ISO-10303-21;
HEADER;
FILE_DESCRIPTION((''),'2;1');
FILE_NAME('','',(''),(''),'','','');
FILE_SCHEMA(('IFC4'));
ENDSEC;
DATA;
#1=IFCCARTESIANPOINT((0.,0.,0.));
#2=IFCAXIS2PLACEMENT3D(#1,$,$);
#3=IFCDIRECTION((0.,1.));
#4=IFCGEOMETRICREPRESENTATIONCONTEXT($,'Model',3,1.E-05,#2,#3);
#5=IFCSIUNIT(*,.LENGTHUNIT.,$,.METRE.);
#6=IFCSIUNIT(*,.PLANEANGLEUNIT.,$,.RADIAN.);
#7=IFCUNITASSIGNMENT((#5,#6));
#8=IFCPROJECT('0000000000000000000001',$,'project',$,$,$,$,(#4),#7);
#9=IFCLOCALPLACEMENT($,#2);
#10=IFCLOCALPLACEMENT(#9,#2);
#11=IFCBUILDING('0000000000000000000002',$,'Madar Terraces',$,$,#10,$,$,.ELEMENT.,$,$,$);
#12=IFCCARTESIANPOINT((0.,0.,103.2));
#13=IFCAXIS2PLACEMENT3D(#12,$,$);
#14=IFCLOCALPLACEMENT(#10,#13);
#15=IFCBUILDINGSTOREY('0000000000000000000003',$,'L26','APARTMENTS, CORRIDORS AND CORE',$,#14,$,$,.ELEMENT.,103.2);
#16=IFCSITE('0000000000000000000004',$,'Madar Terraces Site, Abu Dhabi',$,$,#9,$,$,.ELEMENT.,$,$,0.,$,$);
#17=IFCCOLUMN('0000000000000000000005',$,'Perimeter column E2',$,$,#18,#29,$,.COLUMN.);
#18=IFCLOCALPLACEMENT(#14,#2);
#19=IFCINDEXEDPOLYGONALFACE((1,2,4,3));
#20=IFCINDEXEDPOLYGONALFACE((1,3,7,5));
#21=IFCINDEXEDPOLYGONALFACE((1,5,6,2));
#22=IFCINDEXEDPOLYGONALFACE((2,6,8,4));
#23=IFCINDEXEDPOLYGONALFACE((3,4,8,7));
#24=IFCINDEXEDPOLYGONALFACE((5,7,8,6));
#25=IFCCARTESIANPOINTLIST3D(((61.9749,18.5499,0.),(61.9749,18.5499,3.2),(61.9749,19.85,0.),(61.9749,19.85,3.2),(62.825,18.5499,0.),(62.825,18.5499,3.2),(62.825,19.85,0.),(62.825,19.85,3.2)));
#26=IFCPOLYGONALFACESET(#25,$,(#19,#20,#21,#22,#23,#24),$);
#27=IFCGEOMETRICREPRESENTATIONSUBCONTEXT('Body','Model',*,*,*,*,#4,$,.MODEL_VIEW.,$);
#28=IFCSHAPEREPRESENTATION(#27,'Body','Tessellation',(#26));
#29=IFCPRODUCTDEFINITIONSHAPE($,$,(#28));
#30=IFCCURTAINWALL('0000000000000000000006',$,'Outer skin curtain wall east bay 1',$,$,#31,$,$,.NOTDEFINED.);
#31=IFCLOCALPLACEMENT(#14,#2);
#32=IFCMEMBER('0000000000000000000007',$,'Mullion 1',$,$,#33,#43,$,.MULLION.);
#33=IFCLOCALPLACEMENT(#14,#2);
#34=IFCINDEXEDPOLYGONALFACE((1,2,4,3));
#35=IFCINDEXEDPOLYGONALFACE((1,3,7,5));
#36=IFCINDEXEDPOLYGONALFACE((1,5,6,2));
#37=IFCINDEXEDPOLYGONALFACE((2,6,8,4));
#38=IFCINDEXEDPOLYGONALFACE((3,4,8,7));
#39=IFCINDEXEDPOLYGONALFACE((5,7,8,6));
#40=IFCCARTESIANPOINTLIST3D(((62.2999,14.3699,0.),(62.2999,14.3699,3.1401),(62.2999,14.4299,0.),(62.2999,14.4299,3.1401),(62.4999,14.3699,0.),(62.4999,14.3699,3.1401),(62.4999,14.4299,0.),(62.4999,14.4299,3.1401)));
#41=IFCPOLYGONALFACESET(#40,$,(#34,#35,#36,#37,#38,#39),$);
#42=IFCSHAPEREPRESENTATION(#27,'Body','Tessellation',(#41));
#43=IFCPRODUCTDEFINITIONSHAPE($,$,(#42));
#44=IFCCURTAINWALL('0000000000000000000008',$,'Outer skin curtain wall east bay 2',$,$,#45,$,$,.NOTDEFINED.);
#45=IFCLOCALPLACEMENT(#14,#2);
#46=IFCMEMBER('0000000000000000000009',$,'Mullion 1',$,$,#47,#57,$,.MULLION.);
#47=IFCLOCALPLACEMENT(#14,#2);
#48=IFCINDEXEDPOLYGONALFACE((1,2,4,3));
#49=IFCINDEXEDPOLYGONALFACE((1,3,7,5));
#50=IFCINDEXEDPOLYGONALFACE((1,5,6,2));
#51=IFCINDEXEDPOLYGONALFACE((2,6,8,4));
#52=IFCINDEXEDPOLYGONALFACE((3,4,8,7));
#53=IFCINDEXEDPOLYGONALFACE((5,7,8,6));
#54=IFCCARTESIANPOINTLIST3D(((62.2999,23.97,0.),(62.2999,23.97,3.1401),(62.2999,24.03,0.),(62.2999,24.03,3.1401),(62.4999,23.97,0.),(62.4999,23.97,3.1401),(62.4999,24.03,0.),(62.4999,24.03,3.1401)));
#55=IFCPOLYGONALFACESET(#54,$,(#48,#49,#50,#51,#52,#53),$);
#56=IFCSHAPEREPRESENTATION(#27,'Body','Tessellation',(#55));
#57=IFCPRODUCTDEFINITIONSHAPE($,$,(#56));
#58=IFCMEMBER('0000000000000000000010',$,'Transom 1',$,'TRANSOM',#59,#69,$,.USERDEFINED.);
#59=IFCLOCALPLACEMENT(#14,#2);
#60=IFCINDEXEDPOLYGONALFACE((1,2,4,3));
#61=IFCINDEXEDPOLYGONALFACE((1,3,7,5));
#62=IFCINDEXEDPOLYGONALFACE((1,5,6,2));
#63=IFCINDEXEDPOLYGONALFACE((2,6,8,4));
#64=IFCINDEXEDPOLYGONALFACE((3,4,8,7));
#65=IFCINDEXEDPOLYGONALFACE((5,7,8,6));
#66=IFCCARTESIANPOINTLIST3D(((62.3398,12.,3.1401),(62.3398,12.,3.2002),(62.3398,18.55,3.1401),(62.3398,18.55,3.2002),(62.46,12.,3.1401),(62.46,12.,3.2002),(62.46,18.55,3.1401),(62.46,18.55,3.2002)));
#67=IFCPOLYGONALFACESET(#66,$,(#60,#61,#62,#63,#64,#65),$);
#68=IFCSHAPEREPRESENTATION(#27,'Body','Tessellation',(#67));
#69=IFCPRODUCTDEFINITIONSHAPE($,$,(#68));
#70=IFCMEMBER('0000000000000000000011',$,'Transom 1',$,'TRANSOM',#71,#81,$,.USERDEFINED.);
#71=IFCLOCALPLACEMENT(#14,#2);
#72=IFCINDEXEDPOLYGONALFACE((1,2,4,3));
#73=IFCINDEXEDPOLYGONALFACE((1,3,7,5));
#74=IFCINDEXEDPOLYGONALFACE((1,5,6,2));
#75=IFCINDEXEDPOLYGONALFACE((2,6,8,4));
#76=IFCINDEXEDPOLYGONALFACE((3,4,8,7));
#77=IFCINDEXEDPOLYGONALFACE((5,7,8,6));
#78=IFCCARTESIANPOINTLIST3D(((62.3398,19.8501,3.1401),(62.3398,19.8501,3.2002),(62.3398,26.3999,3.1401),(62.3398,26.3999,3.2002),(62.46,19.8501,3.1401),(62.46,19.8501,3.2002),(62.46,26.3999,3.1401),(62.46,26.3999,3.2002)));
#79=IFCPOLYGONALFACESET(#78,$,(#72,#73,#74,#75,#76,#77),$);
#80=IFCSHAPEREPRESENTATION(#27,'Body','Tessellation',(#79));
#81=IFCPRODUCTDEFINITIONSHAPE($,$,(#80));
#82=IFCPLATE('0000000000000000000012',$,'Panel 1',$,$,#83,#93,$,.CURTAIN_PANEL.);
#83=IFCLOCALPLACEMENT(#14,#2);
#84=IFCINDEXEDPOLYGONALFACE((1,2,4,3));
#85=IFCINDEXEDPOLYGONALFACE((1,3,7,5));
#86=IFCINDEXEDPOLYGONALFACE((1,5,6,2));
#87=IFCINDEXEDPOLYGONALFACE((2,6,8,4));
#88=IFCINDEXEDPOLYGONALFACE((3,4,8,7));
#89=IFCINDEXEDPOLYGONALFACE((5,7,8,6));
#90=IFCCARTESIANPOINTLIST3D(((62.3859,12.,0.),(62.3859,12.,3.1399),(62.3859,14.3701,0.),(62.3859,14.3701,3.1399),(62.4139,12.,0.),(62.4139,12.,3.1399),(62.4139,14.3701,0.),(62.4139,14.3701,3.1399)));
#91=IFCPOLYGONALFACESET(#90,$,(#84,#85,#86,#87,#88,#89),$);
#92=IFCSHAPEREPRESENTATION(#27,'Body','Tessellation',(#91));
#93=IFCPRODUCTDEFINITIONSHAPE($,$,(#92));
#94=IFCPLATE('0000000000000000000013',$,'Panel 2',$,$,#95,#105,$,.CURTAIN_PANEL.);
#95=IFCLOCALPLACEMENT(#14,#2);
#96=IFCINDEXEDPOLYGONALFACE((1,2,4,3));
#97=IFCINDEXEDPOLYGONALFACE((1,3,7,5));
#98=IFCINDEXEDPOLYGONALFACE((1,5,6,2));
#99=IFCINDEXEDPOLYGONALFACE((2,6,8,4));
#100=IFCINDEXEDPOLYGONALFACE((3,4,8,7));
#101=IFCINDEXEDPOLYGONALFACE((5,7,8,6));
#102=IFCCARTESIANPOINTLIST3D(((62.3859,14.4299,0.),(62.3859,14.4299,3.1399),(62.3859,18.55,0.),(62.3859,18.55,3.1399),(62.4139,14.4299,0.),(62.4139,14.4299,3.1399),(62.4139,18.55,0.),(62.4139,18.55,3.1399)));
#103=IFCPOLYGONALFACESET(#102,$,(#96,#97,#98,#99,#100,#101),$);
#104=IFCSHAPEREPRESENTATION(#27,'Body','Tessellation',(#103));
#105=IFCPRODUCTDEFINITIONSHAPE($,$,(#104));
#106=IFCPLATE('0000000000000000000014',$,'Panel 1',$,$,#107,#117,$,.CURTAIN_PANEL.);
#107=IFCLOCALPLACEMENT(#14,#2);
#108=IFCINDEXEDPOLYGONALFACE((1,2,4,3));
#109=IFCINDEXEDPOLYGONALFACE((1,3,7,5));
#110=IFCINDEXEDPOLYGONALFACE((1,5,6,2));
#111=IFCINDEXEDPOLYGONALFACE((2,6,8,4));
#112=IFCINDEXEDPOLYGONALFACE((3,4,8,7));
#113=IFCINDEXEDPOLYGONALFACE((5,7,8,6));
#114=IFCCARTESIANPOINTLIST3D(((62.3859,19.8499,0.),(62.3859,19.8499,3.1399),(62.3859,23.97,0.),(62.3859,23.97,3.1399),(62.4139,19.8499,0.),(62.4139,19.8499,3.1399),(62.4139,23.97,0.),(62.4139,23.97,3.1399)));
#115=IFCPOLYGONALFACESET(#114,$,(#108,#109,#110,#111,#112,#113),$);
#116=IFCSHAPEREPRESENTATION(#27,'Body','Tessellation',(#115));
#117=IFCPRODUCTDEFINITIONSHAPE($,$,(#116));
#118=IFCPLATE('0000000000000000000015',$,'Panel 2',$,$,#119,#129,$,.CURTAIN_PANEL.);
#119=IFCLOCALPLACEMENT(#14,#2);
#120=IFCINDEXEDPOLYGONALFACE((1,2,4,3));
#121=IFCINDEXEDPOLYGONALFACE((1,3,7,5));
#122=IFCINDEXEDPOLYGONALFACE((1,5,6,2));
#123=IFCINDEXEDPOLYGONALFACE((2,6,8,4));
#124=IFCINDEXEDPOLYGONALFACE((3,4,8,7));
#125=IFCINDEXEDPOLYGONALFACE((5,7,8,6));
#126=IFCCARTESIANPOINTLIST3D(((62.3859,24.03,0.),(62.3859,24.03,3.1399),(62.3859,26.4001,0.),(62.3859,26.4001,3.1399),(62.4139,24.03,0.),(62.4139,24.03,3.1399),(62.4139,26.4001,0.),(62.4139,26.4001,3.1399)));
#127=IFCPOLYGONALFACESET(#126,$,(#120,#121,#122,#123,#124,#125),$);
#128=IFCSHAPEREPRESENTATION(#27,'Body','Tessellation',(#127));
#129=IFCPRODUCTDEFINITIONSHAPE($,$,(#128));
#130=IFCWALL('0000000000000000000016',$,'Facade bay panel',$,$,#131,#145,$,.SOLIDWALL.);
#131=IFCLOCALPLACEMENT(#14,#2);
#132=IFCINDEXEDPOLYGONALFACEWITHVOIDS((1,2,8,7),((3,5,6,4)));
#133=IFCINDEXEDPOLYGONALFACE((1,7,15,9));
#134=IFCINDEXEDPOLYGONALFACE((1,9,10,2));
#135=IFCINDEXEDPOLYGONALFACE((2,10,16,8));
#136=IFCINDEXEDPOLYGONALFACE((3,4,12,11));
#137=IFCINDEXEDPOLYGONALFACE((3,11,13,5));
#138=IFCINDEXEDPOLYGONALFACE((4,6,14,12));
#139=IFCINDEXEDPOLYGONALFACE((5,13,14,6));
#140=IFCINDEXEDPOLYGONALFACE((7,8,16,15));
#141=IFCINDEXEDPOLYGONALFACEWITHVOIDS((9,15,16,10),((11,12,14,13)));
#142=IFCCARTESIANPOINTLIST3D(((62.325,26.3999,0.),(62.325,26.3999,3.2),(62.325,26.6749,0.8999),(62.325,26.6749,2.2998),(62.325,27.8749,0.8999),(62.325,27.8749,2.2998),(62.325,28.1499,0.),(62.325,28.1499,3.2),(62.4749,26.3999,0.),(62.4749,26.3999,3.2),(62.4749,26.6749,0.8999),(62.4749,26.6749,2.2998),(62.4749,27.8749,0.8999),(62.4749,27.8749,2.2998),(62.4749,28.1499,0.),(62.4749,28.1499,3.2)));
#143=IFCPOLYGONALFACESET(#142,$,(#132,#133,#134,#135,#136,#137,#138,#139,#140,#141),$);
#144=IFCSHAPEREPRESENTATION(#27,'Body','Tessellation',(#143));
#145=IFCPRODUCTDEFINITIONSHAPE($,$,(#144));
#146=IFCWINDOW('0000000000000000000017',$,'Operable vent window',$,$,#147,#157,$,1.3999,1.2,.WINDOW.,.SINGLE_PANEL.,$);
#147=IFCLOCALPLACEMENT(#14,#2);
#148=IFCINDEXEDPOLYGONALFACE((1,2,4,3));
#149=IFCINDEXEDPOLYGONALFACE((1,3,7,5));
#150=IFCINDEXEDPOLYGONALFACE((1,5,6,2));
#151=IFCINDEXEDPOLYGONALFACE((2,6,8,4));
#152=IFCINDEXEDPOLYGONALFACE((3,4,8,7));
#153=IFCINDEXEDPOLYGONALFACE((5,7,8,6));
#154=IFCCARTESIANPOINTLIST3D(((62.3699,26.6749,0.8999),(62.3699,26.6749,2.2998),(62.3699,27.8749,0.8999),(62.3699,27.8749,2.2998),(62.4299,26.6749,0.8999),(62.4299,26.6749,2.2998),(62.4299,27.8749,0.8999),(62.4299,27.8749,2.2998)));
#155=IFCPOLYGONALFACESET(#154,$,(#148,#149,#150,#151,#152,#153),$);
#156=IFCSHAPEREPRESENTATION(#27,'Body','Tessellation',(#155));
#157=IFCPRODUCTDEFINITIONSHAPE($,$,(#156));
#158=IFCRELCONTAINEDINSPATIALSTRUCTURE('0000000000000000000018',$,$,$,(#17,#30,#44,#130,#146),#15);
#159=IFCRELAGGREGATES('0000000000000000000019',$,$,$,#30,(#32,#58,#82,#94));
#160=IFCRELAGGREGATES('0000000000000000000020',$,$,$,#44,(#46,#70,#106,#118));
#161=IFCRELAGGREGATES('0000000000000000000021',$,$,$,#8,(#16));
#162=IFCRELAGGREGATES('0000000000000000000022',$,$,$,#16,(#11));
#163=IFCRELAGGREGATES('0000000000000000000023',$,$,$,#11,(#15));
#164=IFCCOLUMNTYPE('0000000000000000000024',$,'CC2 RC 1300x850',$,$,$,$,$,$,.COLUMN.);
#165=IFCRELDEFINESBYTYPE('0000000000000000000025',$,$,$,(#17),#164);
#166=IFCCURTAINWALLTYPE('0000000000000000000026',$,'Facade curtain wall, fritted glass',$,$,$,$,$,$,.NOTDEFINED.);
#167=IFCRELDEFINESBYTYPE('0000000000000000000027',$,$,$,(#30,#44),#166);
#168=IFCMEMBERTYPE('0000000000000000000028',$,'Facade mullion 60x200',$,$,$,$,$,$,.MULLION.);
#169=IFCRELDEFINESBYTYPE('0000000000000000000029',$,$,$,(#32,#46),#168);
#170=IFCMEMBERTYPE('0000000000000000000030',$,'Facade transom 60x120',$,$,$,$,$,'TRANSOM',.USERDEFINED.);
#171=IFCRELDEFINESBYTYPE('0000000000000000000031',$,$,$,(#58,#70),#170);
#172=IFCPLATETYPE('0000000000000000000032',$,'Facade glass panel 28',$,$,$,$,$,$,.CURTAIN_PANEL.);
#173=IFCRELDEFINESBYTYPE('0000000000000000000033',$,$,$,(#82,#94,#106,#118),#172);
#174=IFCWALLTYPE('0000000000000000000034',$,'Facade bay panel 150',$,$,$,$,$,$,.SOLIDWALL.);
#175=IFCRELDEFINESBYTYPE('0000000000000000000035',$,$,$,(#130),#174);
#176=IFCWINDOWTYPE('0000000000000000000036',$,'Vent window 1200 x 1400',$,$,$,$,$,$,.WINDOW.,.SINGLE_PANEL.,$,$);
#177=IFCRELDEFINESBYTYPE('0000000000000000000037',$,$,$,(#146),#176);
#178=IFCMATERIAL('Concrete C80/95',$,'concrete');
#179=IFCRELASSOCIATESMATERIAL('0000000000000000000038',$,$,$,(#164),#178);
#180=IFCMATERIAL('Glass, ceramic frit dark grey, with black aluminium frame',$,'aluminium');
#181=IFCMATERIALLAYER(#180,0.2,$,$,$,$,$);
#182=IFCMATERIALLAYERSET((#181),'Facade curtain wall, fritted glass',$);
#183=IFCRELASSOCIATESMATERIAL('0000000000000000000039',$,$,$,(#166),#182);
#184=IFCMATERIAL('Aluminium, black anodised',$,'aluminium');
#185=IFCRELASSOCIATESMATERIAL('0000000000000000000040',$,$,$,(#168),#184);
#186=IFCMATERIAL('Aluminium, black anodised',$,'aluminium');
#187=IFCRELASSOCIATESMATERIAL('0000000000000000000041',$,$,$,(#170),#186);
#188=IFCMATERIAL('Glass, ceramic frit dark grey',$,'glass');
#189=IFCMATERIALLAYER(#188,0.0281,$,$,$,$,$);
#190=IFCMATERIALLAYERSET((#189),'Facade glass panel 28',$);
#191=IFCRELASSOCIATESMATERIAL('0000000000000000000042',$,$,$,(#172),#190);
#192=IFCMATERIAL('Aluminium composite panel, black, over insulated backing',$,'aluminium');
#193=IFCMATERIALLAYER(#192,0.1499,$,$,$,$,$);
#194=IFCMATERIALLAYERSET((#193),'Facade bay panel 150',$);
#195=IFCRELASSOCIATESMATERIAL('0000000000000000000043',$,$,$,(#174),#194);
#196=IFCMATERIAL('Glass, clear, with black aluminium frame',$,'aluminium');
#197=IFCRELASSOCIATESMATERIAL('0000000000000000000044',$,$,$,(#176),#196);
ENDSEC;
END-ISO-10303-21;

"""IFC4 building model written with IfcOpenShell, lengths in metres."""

from ifc_helpers import new_model, si_unit, direction, frame, frame_2d, origin, origin_2d, place, context, subcontext, project, spatial, rectangle, extrude, material, layer, layer_set, material_profile, profile_set, type_object, element, fill, aggregate, save


model = new_model("IFC4")

# Units and contexts
model_context = context("Model", 3, precision=1e-05, world=origin(), true_north=direction((0.0, 1.0)))
body_context = subcontext(model_context, "Body", "Model", "MODEL_VIEW")
ifc_project = project(units=[si_unit("LENGTHUNIT", "METRE"), si_unit("PLANEANGLEUNIT", "RADIAN")], contexts=[model_context])

# Site, building, storey
site_placement = place(None, origin())
site = spatial("IfcSite", under=ifc_project, at=site_placement, Name="Madar Terraces Site, Abu Dhabi", CompositionType="ELEMENT", RefElevation=0.0)
building_placement = place(site_placement, origin())
building = spatial("IfcBuilding", under=site, at=building_placement, Name="Madar Terraces", CompositionType="ELEMENT")
storey_placement = place(building_placement, frame((0.0, 0.0, 103.2)))
storey = spatial("IfcBuildingStorey", under=building, at=storey_placement, Name="L26", Description="APARTMENTS, CORRIDORS AND CORE", CompositionType="ELEMENT", Elevation=103.2)

# Column
ifc_material_1 = material(Name="Concrete C80/95", Category="concrete")
ifc_material_profile_1 = material_profile(ifc_material_1, rectangle(XDim=1.3, YDim=0.8501, at=origin_2d()), Name="CC2 RC 1300x850")
ifc_profile_set_1 = profile_set([ifc_material_profile_1], Name="Concrete C80/95")
column_type = type_object("IfcColumnType", Name="CC2 RC 1300x850", PredefinedType="COLUMN", material=ifc_profile_set_1)
column_placement = place(storey_placement, frame((62.3999, 19.2, 0.0), z_axis=(0.0, 0.0, 1.0), x_axis=(0.0, 1.0, 0.0)))
element("IfcColumn", 1, at=column_placement, inside=storey, type_object=column_type, Name="Perimeter column E2", PredefinedType="COLUMN", context=body_context, shape_type="SweptSolid", body=[
    extrude(rectangle(XDim=1.3, YDim=0.8501, at=origin_2d()), origin(), (0.0, 0.0, 1.0), 3.2),
])

# Curtain walls, members
ifc_material_2 = material(Name="Glass, ceramic frit dark grey, with black aluminium frame", Category="aluminium")
ifc_layer_1 = layer(ifc_material_2, 0.2)
ifc_layer_set_1 = layer_set([ifc_layer_1], Name="Facade curtain wall, fritted glass")
curtain_wall_type = type_object("IfcCurtainWallType", Name="Facade curtain wall, fritted glass", PredefinedType="NOTDEFINED", material=ifc_layer_set_1)
curtain_wall_1_placement = place(storey_placement, origin())
curtain_wall_1 = element("IfcCurtainWall", 2, at=curtain_wall_1_placement, inside=storey, type_object=curtain_wall_type, Name="Outer skin curtain wall east bay 1", PredefinedType="NOTDEFINED")
ifc_material_3 = material(Name="Aluminium, black anodised", Category="aluminium")
ifc_material_profile_2 = material_profile(ifc_material_3, rectangle(XDim=0.2, YDim=0.0601, at=origin_2d()), Name="Facade mullion 60x200")
ifc_profile_set_2 = profile_set([ifc_material_profile_2], Name="Aluminium, black anodised")
member_type_1 = type_object("IfcMemberType", Name="Facade mullion 60x200", PredefinedType="MULLION", material=ifc_profile_set_2)
member_1_placement = place(storey_placement, frame((62.3999, 14.3999, 0.0), z_axis=(0.0, 0.0, 1.0), x_axis=(-1.0, 0.0, 0.0)))
member_1 = element("IfcMember", 3, at=member_1_placement, type_object=member_type_1, Name="Mullion 1", PredefinedType="MULLION", context=body_context, shape_type="SweptSolid", body=[
    extrude(rectangle(XDim=0.2, YDim=0.0601, at=origin_2d()), origin(), (0.0, 0.0, 1.0), 3.1401),
])
curtain_wall_2_placement = place(storey_placement, origin())
curtain_wall_2 = element("IfcCurtainWall", 4, at=curtain_wall_2_placement, inside=storey, type_object=curtain_wall_type, Name="Outer skin curtain wall east bay 2", PredefinedType="NOTDEFINED")
member_2_placement = place(storey_placement, frame((62.3999, 24.0, 0.0), z_axis=(0.0, 0.0, 1.0), x_axis=(-1.0, 0.0, 0.0)))
member_2 = element("IfcMember", 5, at=member_2_placement, type_object=member_type_1, Name="Mullion 1", PredefinedType="MULLION", context=body_context, shape_type="SweptSolid", body=[
    extrude(rectangle(XDim=0.2, YDim=0.0601, at=origin_2d()), origin(), (0.0, 0.0, 1.0), 3.1401),
])

# Members
ifc_material_4 = material(Name="Aluminium, black anodised", Category="aluminium")
ifc_material_profile_3 = material_profile(ifc_material_4, rectangle(XDim=0.1201, YDim=0.0601, at=origin_2d()), Name="Facade transom 60x120")
ifc_profile_set_3 = profile_set([ifc_material_profile_3], Name="Aluminium, black anodised")
member_type_2 = type_object("IfcMemberType", Name="Facade transom 60x120", ElementType="TRANSOM", PredefinedType="USERDEFINED", material=ifc_profile_set_3)
member_3_placement = place(storey_placement, frame((62.3999, 12.0, 3.1702), z_axis=(0.0, 1.0, 0.0), x_axis=(-1.0, 0.0, 0.0)))
member_3 = element("IfcMember", 6, at=member_3_placement, type_object=member_type_2, Name="Transom 1", ObjectType="TRANSOM", PredefinedType="USERDEFINED", context=body_context, shape_type="SweptSolid", body=[
    extrude(rectangle(XDim=0.1201, YDim=0.0601, at=origin_2d()), origin(), (0.0, 0.0, 1.0), 6.55),
])
member_4_placement = place(storey_placement, frame((62.3999, 19.8501, 3.1702), z_axis=(0.0, 1.0, 0.0), x_axis=(-1.0, 0.0, 0.0)))
member_4 = element("IfcMember", 7, at=member_4_placement, type_object=member_type_2, Name="Transom 1", ObjectType="TRANSOM", PredefinedType="USERDEFINED", context=body_context, shape_type="SweptSolid", body=[
    extrude(rectangle(XDim=0.1201, YDim=0.0601, at=origin_2d()), origin(), (0.0, 0.0, 1.0), 6.5498),
])

# Plates
ifc_material_5 = material(Name="Glass, ceramic frit dark grey", Category="glass")
ifc_layer_2 = layer(ifc_material_5, 0.0281)
ifc_layer_set_2 = layer_set([ifc_layer_2], Name="Facade glass panel 28")
plate_type = type_object("IfcPlateType", Name="Facade glass panel 28", PredefinedType="CURTAIN_PANEL", material=ifc_layer_set_2)
plate_1_placement = place(storey_placement, frame((62.3999, 13.1851, 0.0), z_axis=(0.0, 0.0, 1.0), x_axis=(0.0, 1.0, 0.0)))
plate_1 = element("IfcPlate", 8, at=plate_1_placement, type_object=plate_type, Name="Panel 1", PredefinedType="CURTAIN_PANEL", context=body_context, shape_type="SweptSolid", body=[
    extrude(rectangle(XDim=2.3701, YDim=0.0281, at=origin_2d()), origin(), (0.0, 0.0, 1.0), 3.1399),
])
plate_2_placement = place(storey_placement, frame((62.3999, 16.49, 0.0), z_axis=(0.0, 0.0, 1.0), x_axis=(0.0, 1.0, 0.0)))
plate_2 = element("IfcPlate", 9, at=plate_2_placement, type_object=plate_type, Name="Panel 2", PredefinedType="CURTAIN_PANEL", context=body_context, shape_type="SweptSolid", body=[
    extrude(rectangle(XDim=4.1201, YDim=0.0281, at=origin_2d()), origin(), (0.0, 0.0, 1.0), 3.1399),
])
aggregate(curtain_wall_1, [member_1, member_3, plate_1, plate_2])
plate_3_placement = place(storey_placement, frame((62.3999, 21.9099, 0.0), z_axis=(0.0, 0.0, 1.0), x_axis=(0.0, 1.0, 0.0)))
plate_3 = element("IfcPlate", 10, at=plate_3_placement, type_object=plate_type, Name="Panel 1", PredefinedType="CURTAIN_PANEL", context=body_context, shape_type="SweptSolid", body=[
    extrude(rectangle(XDim=4.1201, YDim=0.0281, at=origin_2d()), origin(), (0.0, 0.0, 1.0), 3.1399),
])
plate_4_placement = place(storey_placement, frame((62.3999, 25.2151, 0.0), z_axis=(0.0, 0.0, 1.0), x_axis=(0.0, 1.0, 0.0)))
plate_4 = element("IfcPlate", 11, at=plate_4_placement, type_object=plate_type, Name="Panel 2", PredefinedType="CURTAIN_PANEL", context=body_context, shape_type="SweptSolid", body=[
    extrude(rectangle(XDim=2.3701, YDim=0.0281, at=origin_2d()), origin(), (0.0, 0.0, 1.0), 3.1399),
])
aggregate(curtain_wall_2, [member_2, member_4, plate_3, plate_4])

# Wall, opening, window
ifc_material_6 = material(Name="Aluminium composite panel, black, over insulated backing", Category="aluminium")
ifc_layer_3 = layer(ifc_material_6, 0.1499)
ifc_layer_set_3 = layer_set([ifc_layer_3], Name="Facade bay panel 150")
wall_type_1 = type_object("IfcWallType", Name="Facade bay panel 150", PredefinedType="SOLIDWALL", material=ifc_layer_set_3)
wall_1_placement = place(storey_placement, frame((62.3999, 26.3999, 0.0), z_axis=(0.0, 0.0, 1.0), x_axis=(0.0, 1.0, 0.0)))
wall_1 = element("IfcWall", 12, at=wall_1_placement, inside=storey, type_object=wall_type_1, Name="Facade bay panel", PredefinedType="SOLIDWALL", context=body_context, shape_type="SweptSolid", body=[
    extrude(rectangle(XDim=1.75, YDim=0.1499, at=frame_2d((0.875, 0.0))), origin(), (0.0, 0.0, 1.0), 3.2),
])
opening_1_placement = place(wall_1_placement, frame((0.2749, 0.0, 0.8999)))
opening_1 = element("IfcOpeningElement", 13, at=opening_1_placement, cuts=wall_1, PredefinedType="OPENING", context=body_context, shape_type="SweptSolid", body=[
    extrude(rectangle(XDim=1.2, YDim=1.3999, at=frame_2d((0.6001, 0.7))), frame((0.0, 0.085, 0.0), z_axis=(0.0, -1.0, 0.0), x_axis=(1.0, 0.0, 0.0)), (0.0, 0.0, 1.0), 0.1699),
])
ifc_material_7 = material(Name="Glass, clear, with black aluminium frame", Category="aluminium")
window_type = type_object("IfcWindowType", Name="Vent window 1200 x 1400", PartitioningType="SINGLE_PANEL", PredefinedType="WINDOW", material=ifc_material_7)
window_placement = place(opening_1_placement, origin())
window = element("IfcWindow", 14, at=window_placement, inside=storey, type_object=window_type, Name="Operable vent window", OverallHeight=1.3999, OverallWidth=1.2, PartitioningType="SINGLE_PANEL", PredefinedType="WINDOW", context=body_context, shape_type="SweptSolid", body=[
    extrude(rectangle(XDim=1.2, YDim=1.3999, at=frame_2d((0.6001, 0.7))), frame((0.0, 0.03, 0.0), z_axis=(0.0, -1.0, 0.0), x_axis=(1.0, 0.0, 0.0)), (0.0, 0.0, 1.0), 0.0601),
])
fill(opening_1, window)

save(model, "model.ifc")
